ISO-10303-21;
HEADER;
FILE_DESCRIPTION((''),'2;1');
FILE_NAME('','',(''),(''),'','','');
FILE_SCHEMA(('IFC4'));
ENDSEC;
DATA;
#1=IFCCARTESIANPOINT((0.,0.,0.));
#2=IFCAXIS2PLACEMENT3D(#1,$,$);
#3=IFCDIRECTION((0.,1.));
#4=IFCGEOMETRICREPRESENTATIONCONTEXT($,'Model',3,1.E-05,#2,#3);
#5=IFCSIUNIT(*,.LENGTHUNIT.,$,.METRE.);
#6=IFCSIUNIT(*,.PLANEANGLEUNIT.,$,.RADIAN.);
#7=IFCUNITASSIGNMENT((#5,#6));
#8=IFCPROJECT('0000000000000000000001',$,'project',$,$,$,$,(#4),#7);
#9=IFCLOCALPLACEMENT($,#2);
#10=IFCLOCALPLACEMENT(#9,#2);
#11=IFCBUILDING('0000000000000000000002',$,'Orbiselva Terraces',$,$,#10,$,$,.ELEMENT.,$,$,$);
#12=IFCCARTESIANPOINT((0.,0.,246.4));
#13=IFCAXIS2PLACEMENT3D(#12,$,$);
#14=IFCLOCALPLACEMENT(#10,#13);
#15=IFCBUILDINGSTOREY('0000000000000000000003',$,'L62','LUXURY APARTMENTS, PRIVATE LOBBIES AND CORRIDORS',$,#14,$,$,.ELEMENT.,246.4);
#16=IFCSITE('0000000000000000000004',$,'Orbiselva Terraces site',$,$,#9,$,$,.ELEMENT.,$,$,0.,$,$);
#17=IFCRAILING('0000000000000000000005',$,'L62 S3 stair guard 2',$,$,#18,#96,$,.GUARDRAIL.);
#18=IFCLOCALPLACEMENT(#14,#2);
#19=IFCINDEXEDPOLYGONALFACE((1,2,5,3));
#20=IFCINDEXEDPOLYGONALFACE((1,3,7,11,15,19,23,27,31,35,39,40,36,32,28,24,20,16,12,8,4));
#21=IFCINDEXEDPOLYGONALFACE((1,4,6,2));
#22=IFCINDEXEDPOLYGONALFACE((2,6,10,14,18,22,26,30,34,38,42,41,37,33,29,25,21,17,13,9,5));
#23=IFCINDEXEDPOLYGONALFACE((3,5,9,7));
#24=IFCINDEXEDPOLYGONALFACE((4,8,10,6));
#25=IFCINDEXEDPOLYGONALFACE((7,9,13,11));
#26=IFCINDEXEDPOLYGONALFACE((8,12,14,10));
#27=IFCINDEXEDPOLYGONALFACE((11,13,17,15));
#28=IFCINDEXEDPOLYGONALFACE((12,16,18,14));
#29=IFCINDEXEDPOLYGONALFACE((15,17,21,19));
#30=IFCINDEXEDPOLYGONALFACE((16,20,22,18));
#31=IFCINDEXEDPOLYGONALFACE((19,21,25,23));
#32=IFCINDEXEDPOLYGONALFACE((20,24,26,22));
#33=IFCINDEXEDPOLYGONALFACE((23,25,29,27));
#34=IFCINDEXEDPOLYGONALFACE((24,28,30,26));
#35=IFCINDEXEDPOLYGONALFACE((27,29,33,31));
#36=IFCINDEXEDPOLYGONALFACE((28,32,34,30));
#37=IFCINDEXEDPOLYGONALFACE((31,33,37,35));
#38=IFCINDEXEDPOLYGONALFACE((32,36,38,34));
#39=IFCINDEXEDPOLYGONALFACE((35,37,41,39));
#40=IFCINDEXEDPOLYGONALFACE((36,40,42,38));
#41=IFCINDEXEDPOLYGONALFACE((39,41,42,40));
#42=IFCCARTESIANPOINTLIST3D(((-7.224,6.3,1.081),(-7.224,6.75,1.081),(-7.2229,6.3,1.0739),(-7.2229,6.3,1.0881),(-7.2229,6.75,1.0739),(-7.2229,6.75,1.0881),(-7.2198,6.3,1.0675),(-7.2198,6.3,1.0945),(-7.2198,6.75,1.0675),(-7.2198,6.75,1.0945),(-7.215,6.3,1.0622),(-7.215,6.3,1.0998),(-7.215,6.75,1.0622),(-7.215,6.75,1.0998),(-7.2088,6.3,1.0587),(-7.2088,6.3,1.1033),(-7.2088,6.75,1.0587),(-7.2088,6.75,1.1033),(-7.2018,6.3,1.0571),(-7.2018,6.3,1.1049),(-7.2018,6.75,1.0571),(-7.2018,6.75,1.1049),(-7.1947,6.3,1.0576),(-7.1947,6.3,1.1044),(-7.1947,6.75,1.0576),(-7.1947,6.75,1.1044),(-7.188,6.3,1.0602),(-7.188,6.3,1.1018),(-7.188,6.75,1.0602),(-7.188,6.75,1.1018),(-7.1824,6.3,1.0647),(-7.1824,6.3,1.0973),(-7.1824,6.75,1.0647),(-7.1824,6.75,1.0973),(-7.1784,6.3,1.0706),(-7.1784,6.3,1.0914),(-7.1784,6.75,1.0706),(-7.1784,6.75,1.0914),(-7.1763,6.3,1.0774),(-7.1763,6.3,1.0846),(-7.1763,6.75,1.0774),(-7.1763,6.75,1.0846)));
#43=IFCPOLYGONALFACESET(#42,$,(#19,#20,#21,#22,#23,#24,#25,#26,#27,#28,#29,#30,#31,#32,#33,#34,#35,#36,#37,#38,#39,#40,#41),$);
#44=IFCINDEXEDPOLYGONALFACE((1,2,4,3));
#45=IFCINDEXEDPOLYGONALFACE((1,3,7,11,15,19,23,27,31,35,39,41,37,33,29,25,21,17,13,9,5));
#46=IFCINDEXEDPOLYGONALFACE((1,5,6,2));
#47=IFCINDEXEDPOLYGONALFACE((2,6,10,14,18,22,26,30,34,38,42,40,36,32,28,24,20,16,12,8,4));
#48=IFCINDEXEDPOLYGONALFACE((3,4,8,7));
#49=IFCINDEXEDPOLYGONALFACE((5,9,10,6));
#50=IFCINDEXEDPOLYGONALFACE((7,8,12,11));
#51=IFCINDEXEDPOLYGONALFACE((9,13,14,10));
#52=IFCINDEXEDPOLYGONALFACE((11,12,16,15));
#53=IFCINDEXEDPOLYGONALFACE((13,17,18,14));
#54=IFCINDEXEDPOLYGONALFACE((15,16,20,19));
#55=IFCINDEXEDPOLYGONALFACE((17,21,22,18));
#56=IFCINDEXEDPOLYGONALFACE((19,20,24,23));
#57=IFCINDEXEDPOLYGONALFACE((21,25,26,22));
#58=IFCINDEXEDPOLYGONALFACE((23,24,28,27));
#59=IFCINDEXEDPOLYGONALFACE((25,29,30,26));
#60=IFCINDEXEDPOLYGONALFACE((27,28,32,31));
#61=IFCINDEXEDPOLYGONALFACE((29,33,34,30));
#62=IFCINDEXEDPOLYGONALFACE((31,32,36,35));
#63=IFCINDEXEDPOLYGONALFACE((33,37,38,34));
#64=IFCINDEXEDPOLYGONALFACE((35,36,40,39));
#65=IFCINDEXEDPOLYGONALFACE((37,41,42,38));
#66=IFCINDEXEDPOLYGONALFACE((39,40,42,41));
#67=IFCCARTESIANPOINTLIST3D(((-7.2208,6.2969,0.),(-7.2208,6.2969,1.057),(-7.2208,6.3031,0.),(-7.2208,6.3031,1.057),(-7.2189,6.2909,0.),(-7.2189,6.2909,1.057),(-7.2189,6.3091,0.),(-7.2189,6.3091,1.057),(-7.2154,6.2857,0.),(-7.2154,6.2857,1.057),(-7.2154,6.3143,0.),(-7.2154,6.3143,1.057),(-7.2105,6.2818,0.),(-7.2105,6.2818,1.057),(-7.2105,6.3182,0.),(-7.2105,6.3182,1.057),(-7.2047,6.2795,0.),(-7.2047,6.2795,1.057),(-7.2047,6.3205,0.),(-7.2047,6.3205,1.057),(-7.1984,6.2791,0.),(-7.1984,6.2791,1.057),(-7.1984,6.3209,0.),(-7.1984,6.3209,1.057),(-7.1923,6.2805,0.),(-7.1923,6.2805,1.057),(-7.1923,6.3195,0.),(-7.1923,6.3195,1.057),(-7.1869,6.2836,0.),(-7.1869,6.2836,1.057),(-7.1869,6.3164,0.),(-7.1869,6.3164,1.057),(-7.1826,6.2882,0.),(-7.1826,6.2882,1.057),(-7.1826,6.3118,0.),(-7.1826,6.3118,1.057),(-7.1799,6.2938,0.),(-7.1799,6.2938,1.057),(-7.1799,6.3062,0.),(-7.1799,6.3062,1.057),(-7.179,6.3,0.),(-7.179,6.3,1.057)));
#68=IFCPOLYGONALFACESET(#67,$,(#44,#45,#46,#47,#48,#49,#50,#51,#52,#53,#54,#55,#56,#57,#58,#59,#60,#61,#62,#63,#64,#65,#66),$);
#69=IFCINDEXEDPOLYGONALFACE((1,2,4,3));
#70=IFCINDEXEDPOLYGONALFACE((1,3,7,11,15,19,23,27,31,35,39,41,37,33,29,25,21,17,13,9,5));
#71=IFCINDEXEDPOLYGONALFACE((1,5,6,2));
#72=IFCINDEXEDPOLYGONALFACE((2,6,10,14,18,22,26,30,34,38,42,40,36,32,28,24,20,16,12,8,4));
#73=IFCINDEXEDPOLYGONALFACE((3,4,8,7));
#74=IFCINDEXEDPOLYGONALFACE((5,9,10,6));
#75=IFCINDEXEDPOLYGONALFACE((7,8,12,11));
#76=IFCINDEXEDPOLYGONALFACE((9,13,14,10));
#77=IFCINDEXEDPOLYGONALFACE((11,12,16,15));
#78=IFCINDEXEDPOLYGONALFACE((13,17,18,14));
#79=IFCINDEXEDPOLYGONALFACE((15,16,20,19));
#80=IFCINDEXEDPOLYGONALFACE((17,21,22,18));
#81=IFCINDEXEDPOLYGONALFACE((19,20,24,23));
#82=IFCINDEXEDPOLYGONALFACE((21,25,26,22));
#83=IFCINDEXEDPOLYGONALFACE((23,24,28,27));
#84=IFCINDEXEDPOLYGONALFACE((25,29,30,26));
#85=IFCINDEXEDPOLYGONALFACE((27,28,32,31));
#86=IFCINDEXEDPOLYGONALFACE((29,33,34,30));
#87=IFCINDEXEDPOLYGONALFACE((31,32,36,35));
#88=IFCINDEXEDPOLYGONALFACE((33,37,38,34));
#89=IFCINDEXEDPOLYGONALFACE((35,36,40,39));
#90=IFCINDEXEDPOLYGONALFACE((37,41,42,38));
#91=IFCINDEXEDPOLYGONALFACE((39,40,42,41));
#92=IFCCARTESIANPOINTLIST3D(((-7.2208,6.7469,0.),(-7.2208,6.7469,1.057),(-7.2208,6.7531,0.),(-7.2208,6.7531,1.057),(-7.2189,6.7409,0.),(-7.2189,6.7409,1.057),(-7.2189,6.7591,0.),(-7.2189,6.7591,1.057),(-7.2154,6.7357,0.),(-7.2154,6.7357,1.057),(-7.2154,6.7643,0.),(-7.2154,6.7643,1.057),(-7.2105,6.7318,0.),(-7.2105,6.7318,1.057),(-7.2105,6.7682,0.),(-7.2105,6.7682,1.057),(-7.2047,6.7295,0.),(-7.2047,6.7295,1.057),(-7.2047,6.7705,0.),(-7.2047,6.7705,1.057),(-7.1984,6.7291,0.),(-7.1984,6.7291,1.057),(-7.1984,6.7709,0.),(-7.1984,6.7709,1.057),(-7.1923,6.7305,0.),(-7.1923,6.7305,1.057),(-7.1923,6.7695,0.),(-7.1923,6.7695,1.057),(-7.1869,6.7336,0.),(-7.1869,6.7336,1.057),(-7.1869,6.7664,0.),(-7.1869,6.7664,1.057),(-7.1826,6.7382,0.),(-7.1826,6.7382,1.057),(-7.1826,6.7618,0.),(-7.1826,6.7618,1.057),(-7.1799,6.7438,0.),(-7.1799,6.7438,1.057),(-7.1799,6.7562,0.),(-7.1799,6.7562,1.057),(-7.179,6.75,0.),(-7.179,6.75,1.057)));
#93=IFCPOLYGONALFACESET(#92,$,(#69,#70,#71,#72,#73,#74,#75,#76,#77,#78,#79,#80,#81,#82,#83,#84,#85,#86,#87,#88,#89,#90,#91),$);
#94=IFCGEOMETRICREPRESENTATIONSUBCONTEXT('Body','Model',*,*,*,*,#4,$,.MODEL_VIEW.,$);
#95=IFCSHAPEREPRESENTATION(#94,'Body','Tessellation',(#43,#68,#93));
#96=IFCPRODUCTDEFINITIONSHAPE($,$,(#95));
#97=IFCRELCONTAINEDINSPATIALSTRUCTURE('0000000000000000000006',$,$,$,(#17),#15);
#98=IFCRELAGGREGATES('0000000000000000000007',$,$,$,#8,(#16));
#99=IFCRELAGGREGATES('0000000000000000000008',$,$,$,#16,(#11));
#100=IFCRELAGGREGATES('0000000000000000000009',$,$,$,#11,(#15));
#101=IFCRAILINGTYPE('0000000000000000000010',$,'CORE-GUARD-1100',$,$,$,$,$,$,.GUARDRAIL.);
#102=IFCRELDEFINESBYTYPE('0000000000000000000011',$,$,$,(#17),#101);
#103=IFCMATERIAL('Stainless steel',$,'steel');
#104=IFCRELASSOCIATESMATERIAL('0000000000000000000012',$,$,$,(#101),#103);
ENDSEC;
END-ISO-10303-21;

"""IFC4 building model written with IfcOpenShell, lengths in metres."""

from ifc_helpers import new_model, si_unit, direction, frame, origin, origin_2d, place, context, subcontext, project, spatial, circle, extrude, material, type_object, element, save


model = new_model("IFC4")

# Units and contexts
model_context = context("Model", 3, precision=1e-05, world=origin(), true_north=direction((0.0, 1.0)))
body_context = subcontext(model_context, "Body", "Model", "MODEL_VIEW")
ifc_project = project(units=[si_unit("LENGTHUNIT", "METRE"), si_unit("PLANEANGLEUNIT", "RADIAN")], contexts=[model_context])

# Site, building, storey
site_placement = place(None, origin())
site = spatial("IfcSite", under=ifc_project, at=site_placement, Name="Orbiselva Terraces site", CompositionType="ELEMENT", RefElevation=0.0)
building_placement = place(site_placement, origin())
building = spatial("IfcBuilding", under=site, at=building_placement, Name="Orbiselva Terraces", CompositionType="ELEMENT")
storey_placement = place(building_placement, frame((0.0, 0.0, 246.4)))
storey = spatial("IfcBuildingStorey", under=building, at=storey_placement, Name="L62", Description="LUXURY APARTMENTS, PRIVATE LOBBIES AND CORRIDORS", CompositionType="ELEMENT", Elevation=246.4)

# Railing
ifc_material_1 = material(Name="Stainless steel", Category="steel")
railing_type_1 = type_object("IfcRailingType", Name="CORE-GUARD-1100", PredefinedType="GUARDRAIL", material=ifc_material_1)
railing_1_placement = place(storey_placement, frame((-7.2, 6.3, 0.0)))
element("IfcRailing", 1, at=railing_1_placement, inside=storey, type_object=railing_type_1, Name="L62 S3 stair guard 2", PredefinedType="GUARDRAIL", context=body_context, shape_type="SweptSolid", body=[
    extrude(circle(Radius=0.024, at=origin_2d()), frame((0.0, 0.0, 1.081), z_axis=(0.0, 1.0, 0.0), x_axis=(-1.0, 0.0, 0.0)), (0.0, 0.0, 1.0), 0.45),
    extrude(circle(Radius=0.021, at=origin_2d()), origin(), (0.0, 0.0, 1.0), 1.057),
    extrude(circle(Radius=0.021, at=origin_2d()), frame((0.0, 0.45, 0.0)), (0.0, 0.0, 1.0), 1.057),
])

save(model, "model.ifc")
